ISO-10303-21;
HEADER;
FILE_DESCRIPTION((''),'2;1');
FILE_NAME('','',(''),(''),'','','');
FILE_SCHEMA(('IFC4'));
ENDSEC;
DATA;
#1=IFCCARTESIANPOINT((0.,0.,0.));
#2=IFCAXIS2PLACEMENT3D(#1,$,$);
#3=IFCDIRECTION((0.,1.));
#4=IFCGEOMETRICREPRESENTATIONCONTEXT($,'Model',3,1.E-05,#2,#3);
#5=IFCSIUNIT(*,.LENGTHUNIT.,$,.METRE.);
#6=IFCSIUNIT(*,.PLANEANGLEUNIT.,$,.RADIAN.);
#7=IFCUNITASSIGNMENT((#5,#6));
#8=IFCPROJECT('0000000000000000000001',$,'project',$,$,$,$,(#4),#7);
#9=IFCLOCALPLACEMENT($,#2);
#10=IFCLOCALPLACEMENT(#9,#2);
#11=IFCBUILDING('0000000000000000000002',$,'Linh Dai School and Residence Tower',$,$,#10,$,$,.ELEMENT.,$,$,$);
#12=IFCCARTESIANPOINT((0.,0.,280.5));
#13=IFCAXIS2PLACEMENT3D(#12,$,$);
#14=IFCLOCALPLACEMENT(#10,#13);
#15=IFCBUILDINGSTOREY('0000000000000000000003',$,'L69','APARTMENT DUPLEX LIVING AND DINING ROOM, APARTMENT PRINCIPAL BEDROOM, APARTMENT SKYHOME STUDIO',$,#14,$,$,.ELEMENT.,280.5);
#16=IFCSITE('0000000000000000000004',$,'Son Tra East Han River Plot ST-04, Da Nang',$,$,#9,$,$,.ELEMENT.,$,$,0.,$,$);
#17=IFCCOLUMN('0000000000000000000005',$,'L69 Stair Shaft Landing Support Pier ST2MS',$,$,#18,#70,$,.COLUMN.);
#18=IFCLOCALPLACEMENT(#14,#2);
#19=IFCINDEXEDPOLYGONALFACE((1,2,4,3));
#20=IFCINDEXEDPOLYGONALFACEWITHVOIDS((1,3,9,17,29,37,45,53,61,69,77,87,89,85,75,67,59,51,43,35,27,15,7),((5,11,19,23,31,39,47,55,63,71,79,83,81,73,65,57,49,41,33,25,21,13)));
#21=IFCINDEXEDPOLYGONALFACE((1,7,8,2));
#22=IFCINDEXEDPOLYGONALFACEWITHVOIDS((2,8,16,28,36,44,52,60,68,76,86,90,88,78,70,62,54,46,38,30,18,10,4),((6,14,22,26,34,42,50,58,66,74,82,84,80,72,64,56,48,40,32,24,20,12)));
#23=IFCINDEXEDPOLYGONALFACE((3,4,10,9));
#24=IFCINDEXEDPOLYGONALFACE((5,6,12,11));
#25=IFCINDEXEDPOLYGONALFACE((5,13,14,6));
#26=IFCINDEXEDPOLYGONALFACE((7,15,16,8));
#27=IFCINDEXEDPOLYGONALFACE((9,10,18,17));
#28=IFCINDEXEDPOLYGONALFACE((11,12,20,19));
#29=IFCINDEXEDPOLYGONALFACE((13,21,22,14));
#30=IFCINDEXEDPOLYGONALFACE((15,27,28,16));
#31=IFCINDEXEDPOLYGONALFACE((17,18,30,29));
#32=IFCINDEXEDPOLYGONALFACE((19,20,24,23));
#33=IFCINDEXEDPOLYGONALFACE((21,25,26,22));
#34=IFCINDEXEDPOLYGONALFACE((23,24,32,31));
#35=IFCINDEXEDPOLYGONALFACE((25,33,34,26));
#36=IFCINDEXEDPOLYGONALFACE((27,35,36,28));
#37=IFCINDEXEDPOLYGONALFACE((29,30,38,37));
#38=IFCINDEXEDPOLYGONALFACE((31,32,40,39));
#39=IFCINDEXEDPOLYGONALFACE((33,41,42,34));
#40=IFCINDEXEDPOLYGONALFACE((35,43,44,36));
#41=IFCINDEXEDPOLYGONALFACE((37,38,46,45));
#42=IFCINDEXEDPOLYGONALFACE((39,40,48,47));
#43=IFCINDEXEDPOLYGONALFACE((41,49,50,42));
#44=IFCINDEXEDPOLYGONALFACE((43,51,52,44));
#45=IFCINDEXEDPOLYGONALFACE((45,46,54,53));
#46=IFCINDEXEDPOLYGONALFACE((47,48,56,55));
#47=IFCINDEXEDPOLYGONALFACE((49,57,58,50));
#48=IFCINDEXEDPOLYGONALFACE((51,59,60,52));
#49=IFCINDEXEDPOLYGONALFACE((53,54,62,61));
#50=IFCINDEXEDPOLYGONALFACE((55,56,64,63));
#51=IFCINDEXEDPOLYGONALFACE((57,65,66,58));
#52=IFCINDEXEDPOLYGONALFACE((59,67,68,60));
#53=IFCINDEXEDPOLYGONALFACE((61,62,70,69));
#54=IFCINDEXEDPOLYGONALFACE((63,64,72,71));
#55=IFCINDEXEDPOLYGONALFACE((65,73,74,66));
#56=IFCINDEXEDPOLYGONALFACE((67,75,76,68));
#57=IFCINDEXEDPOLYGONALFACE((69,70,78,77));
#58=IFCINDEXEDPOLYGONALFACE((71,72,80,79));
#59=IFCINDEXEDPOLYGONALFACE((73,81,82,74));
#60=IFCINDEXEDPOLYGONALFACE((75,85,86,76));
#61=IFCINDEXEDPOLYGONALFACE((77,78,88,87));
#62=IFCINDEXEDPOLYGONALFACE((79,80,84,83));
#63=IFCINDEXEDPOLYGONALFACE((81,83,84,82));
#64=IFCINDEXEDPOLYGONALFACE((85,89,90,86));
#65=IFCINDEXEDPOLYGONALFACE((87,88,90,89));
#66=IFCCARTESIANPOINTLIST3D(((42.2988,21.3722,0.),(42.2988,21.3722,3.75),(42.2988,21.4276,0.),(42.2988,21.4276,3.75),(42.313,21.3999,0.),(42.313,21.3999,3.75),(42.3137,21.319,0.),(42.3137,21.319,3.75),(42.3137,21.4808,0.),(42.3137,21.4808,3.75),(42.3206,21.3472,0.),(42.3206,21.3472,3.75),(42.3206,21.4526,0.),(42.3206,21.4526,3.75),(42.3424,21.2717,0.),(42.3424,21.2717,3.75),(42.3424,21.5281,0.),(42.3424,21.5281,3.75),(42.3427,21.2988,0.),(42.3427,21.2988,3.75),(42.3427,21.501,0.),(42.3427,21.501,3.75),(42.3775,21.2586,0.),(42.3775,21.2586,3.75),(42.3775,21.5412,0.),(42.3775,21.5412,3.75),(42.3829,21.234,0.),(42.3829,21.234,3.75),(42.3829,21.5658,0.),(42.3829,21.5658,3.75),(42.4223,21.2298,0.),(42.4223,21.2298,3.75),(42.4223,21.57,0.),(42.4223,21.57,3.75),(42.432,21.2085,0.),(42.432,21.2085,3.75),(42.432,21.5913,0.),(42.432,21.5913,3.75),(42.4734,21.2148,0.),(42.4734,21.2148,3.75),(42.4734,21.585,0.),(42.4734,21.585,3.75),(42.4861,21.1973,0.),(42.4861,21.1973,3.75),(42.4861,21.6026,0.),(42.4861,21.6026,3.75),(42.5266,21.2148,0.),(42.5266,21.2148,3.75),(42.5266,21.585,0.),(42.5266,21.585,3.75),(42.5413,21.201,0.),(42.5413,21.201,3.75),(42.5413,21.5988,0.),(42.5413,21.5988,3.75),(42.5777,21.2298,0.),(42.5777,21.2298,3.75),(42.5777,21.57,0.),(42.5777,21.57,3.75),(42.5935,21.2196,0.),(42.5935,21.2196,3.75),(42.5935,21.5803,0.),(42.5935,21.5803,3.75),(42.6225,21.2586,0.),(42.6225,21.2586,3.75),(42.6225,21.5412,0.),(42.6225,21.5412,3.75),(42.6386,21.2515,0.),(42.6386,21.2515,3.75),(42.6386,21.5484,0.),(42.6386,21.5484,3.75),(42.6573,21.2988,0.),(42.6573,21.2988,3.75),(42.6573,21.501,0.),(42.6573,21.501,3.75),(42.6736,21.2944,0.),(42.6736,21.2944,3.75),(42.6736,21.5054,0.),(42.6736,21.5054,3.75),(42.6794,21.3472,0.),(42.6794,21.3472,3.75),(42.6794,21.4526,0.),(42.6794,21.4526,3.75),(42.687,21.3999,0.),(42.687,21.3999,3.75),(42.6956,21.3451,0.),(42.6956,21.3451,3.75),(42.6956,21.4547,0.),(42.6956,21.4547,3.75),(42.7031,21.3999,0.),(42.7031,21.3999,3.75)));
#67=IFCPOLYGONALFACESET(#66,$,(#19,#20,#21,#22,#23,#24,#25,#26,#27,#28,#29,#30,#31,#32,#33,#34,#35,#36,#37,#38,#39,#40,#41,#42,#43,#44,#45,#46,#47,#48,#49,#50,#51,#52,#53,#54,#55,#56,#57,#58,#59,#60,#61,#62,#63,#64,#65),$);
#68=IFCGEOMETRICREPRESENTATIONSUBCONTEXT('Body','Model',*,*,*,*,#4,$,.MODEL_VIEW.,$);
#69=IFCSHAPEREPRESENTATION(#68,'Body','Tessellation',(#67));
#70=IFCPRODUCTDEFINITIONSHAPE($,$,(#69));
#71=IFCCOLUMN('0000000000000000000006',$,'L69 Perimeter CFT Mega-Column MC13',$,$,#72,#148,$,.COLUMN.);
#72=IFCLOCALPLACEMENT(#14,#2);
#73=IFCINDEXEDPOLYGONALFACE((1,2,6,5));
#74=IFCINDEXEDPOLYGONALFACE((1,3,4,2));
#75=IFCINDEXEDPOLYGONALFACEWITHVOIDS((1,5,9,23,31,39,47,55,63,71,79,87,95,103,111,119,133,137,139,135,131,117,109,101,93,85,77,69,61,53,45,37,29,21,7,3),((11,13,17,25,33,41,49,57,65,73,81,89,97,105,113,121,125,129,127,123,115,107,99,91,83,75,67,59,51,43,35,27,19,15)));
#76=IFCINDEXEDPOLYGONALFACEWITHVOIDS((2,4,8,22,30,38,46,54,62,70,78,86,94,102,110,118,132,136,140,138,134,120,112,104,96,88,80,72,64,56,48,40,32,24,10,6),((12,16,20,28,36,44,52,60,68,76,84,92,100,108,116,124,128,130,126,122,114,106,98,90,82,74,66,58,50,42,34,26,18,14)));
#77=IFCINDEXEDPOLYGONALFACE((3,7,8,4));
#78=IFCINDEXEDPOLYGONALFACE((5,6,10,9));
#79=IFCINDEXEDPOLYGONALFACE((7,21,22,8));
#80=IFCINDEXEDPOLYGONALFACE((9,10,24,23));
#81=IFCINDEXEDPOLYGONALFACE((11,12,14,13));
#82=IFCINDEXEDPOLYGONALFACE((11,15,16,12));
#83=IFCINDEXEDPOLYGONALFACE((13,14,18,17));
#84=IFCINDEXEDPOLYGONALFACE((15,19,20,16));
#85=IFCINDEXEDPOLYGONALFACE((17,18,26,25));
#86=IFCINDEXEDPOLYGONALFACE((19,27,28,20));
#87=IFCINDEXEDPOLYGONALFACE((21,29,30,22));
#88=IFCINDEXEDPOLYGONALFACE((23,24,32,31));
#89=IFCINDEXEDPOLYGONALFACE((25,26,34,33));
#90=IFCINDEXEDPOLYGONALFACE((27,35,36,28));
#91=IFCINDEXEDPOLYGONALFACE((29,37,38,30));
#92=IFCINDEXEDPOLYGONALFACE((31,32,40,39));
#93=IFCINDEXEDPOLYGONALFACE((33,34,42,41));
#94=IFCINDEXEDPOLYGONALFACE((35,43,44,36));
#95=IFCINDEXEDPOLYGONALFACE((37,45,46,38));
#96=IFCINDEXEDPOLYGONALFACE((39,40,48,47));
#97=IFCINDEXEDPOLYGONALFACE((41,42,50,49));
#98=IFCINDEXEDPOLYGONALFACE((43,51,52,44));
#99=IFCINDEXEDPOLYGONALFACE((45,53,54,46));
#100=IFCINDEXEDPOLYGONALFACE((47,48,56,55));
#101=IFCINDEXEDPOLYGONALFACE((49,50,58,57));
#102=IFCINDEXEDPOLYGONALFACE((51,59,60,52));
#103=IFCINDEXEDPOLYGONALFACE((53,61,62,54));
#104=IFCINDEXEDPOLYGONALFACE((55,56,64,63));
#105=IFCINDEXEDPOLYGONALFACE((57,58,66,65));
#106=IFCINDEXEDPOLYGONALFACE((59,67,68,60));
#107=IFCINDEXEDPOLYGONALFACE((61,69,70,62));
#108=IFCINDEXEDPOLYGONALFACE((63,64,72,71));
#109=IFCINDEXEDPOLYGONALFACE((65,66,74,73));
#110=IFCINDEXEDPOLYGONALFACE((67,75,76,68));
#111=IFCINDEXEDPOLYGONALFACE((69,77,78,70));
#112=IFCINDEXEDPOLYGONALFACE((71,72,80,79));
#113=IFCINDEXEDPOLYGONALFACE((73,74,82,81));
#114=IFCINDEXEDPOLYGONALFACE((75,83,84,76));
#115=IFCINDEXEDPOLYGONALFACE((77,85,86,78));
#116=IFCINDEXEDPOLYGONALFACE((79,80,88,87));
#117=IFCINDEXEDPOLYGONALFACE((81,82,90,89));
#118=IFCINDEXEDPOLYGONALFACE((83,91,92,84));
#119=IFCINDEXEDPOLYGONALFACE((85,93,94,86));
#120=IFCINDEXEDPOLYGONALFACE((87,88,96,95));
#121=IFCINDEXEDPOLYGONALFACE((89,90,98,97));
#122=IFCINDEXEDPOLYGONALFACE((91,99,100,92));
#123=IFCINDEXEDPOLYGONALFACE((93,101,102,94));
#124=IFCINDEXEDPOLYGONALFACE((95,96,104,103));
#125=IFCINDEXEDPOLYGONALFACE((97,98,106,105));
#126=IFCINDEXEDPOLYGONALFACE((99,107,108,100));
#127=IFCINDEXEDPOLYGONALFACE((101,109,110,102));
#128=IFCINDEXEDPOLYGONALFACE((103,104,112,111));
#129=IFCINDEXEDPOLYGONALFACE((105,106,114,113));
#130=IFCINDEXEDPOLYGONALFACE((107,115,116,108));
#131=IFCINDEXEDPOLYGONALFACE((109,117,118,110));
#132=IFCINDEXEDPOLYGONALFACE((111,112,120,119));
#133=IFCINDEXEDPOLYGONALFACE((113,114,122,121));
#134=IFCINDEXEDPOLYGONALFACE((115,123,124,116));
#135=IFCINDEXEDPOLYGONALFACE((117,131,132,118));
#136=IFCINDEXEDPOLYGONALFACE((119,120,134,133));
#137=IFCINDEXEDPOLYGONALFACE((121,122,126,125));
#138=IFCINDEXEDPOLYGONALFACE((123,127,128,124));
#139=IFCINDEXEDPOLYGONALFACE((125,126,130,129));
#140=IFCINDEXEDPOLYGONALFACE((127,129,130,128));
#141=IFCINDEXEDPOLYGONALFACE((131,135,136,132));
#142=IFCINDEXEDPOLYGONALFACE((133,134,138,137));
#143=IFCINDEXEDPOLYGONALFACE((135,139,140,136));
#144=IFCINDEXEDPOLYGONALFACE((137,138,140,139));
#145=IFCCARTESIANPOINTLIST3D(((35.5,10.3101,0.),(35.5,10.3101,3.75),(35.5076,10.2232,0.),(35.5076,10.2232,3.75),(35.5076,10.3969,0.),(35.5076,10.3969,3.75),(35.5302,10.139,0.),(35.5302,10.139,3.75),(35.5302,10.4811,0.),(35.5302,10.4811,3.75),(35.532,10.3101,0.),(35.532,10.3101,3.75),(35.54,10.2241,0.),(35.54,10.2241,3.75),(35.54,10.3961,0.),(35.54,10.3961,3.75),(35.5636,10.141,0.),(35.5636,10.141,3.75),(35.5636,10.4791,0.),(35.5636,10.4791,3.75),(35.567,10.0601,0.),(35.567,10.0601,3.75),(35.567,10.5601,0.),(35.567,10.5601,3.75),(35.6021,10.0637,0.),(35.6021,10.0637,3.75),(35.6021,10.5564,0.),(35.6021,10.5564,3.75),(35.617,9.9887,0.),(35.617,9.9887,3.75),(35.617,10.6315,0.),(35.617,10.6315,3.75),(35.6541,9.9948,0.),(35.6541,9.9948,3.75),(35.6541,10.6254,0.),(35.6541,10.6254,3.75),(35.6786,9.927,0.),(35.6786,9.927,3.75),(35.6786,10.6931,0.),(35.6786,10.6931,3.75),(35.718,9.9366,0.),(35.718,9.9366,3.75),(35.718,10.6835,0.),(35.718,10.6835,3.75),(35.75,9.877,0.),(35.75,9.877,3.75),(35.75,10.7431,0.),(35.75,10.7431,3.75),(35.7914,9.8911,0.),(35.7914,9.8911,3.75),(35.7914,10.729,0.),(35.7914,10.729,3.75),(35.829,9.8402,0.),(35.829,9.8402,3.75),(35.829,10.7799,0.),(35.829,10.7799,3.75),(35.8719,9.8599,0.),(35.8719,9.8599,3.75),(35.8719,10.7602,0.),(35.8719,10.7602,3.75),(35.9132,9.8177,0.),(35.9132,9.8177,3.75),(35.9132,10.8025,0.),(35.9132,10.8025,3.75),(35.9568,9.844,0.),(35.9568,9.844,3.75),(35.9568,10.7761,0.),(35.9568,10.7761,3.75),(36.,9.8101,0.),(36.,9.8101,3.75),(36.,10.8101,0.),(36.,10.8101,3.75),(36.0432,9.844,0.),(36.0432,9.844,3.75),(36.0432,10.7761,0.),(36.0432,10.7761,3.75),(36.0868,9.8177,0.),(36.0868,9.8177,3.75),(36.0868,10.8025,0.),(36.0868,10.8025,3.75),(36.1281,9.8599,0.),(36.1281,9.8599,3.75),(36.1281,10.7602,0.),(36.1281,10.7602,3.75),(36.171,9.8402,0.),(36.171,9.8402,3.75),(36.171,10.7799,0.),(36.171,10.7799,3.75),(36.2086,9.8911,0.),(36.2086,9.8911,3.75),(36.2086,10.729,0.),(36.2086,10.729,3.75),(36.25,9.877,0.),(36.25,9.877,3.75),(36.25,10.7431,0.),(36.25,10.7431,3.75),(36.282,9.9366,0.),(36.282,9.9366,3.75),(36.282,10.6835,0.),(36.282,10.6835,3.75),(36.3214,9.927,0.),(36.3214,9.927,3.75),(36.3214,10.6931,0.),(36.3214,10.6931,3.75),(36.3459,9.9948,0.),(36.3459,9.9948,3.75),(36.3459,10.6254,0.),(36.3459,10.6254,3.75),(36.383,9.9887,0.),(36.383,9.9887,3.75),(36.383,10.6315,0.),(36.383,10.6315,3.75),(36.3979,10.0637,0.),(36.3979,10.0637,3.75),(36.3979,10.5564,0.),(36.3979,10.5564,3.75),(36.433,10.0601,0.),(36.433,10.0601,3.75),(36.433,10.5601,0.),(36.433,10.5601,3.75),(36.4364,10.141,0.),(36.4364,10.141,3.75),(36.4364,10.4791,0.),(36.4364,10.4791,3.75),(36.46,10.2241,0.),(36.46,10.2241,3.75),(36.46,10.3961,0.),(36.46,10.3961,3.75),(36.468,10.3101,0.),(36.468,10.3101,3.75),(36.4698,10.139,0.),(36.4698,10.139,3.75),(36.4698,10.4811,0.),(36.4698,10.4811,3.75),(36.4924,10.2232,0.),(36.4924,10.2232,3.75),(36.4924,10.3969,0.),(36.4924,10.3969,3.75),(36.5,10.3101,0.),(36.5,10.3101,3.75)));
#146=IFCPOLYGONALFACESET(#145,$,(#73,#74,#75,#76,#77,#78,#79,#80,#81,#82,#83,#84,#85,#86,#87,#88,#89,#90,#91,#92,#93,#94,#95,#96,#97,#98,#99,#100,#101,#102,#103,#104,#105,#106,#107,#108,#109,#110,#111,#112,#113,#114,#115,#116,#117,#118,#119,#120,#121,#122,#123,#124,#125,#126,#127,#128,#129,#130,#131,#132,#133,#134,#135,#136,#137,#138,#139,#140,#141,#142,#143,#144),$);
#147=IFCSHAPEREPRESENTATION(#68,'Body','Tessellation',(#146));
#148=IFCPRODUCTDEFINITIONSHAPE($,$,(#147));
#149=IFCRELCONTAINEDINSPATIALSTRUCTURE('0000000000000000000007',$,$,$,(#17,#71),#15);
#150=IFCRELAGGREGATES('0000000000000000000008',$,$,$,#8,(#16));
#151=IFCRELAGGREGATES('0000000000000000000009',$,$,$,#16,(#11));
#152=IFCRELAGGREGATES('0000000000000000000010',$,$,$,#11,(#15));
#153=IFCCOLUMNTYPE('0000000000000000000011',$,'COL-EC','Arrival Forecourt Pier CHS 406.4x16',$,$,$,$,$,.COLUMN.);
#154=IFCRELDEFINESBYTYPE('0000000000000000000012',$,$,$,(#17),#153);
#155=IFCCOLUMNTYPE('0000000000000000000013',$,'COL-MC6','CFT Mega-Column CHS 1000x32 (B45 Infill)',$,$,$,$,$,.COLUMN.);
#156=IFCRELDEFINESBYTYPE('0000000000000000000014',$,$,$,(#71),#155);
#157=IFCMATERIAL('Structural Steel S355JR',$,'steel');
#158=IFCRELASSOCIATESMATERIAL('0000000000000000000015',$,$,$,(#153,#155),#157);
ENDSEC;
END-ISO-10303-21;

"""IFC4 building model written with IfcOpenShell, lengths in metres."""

from ifc_helpers import new_model, si_unit, direction, frame, origin, origin_2d, place, context, subcontext, project, spatial, hollow_circle, extrude, material, material_profile, profile_set, type_object, element, save


model = new_model("IFC4")

# Units and contexts
model_context = context("Model", 3, precision=1e-05, world=origin(), true_north=direction((0.0, 1.0)))
body_context = subcontext(model_context, "Body", "Model", "MODEL_VIEW")
ifc_project = project(units=[si_unit("LENGTHUNIT", "METRE"), si_unit("PLANEANGLEUNIT", "RADIAN")], contexts=[model_context])

# Site, building, storey
site_placement = place(None, origin())
site = spatial("IfcSite", under=ifc_project, at=site_placement, Name="Son Tra East Han River Plot ST-04, Da Nang", CompositionType="ELEMENT", RefElevation=0.0)
building_placement = place(site_placement, origin())
building = spatial("IfcBuilding", under=site, at=building_placement, Name="Linh Dai School and Residence Tower", CompositionType="ELEMENT")
storey_placement = place(building_placement, frame((0.0, 0.0, 280.5)))
storey = spatial("IfcBuildingStorey", under=building, at=storey_placement, Name="L69", Description="APARTMENT DUPLEX LIVING AND DINING ROOM, APARTMENT PRINCIPAL BEDROOM, APARTMENT SKYHOME STUDIO", CompositionType="ELEMENT", Elevation=280.5)

# Columns
ifc_material_1 = material(Name="Structural Steel S355JR", Category="steel")
ifc_material_profile_1 = material_profile(ifc_material_1, hollow_circle(Radius=0.2031, WallThickness=0.0161, at=origin_2d()), Name="CHS 406.4x16")
ifc_profile_set_1 = profile_set([ifc_material_profile_1], Name="Structural Steel S355JR")
column_type_1 = type_object("IfcColumnType", Name="COL-EC", Description="Arrival Forecourt Pier CHS 406.4x16", PredefinedType="COLUMN", material=ifc_profile_set_1)
column_placement = place(storey_placement, frame((42.5, 21.3999, 0.0), z_axis=(0.0, 0.0, 1.0), x_axis=(1.0, 0.0, 0.0)))
element("IfcColumn", 1, at=column_placement, inside=storey, type_object=column_type_1, Name="L69 Stair Shaft Landing Support Pier ST2MS", PredefinedType="COLUMN", context=body_context, shape_type="SweptSolid", body=[
    extrude(hollow_circle(Radius=0.2031, WallThickness=0.0161, at=origin_2d()), origin(), (0.0, 0.0, 1.0), 3.75),
])
ifc_material_profile_2 = material_profile(ifc_material_1, hollow_circle(Radius=0.5, WallThickness=0.032, at=origin_2d()), Name="CHS 1000x32")
ifc_profile_set_2 = profile_set([ifc_material_profile_2], Name="Structural Steel S355JR")
column_type_2 = type_object("IfcColumnType", Name="COL-MC6", Description="CFT Mega-Column CHS 1000x32 (B45 Infill)", PredefinedType="COLUMN", material=ifc_profile_set_2)
for number, where, z_axis, x_axis, name in (
    (2, (36.0, 10.3101, 0.0), (0.0, 0.0, 1.0), (1.0, 0.0, 0.0), "L69 Perimeter CFT Mega-Column MC13"),
):
    element("IfcColumn", number, at=place(storey_placement, frame(where, z_axis=z_axis, x_axis=x_axis)), inside=storey, type_object=column_type_2, Name=name, PredefinedType="COLUMN", context=body_context, shape_type="SweptSolid", body=[
        extrude(hollow_circle(Radius=0.5, WallThickness=0.032, at=origin_2d()), origin(), (0.0, 0.0, 1.0), 3.75),
    ])

save(model, "model.ifc")
